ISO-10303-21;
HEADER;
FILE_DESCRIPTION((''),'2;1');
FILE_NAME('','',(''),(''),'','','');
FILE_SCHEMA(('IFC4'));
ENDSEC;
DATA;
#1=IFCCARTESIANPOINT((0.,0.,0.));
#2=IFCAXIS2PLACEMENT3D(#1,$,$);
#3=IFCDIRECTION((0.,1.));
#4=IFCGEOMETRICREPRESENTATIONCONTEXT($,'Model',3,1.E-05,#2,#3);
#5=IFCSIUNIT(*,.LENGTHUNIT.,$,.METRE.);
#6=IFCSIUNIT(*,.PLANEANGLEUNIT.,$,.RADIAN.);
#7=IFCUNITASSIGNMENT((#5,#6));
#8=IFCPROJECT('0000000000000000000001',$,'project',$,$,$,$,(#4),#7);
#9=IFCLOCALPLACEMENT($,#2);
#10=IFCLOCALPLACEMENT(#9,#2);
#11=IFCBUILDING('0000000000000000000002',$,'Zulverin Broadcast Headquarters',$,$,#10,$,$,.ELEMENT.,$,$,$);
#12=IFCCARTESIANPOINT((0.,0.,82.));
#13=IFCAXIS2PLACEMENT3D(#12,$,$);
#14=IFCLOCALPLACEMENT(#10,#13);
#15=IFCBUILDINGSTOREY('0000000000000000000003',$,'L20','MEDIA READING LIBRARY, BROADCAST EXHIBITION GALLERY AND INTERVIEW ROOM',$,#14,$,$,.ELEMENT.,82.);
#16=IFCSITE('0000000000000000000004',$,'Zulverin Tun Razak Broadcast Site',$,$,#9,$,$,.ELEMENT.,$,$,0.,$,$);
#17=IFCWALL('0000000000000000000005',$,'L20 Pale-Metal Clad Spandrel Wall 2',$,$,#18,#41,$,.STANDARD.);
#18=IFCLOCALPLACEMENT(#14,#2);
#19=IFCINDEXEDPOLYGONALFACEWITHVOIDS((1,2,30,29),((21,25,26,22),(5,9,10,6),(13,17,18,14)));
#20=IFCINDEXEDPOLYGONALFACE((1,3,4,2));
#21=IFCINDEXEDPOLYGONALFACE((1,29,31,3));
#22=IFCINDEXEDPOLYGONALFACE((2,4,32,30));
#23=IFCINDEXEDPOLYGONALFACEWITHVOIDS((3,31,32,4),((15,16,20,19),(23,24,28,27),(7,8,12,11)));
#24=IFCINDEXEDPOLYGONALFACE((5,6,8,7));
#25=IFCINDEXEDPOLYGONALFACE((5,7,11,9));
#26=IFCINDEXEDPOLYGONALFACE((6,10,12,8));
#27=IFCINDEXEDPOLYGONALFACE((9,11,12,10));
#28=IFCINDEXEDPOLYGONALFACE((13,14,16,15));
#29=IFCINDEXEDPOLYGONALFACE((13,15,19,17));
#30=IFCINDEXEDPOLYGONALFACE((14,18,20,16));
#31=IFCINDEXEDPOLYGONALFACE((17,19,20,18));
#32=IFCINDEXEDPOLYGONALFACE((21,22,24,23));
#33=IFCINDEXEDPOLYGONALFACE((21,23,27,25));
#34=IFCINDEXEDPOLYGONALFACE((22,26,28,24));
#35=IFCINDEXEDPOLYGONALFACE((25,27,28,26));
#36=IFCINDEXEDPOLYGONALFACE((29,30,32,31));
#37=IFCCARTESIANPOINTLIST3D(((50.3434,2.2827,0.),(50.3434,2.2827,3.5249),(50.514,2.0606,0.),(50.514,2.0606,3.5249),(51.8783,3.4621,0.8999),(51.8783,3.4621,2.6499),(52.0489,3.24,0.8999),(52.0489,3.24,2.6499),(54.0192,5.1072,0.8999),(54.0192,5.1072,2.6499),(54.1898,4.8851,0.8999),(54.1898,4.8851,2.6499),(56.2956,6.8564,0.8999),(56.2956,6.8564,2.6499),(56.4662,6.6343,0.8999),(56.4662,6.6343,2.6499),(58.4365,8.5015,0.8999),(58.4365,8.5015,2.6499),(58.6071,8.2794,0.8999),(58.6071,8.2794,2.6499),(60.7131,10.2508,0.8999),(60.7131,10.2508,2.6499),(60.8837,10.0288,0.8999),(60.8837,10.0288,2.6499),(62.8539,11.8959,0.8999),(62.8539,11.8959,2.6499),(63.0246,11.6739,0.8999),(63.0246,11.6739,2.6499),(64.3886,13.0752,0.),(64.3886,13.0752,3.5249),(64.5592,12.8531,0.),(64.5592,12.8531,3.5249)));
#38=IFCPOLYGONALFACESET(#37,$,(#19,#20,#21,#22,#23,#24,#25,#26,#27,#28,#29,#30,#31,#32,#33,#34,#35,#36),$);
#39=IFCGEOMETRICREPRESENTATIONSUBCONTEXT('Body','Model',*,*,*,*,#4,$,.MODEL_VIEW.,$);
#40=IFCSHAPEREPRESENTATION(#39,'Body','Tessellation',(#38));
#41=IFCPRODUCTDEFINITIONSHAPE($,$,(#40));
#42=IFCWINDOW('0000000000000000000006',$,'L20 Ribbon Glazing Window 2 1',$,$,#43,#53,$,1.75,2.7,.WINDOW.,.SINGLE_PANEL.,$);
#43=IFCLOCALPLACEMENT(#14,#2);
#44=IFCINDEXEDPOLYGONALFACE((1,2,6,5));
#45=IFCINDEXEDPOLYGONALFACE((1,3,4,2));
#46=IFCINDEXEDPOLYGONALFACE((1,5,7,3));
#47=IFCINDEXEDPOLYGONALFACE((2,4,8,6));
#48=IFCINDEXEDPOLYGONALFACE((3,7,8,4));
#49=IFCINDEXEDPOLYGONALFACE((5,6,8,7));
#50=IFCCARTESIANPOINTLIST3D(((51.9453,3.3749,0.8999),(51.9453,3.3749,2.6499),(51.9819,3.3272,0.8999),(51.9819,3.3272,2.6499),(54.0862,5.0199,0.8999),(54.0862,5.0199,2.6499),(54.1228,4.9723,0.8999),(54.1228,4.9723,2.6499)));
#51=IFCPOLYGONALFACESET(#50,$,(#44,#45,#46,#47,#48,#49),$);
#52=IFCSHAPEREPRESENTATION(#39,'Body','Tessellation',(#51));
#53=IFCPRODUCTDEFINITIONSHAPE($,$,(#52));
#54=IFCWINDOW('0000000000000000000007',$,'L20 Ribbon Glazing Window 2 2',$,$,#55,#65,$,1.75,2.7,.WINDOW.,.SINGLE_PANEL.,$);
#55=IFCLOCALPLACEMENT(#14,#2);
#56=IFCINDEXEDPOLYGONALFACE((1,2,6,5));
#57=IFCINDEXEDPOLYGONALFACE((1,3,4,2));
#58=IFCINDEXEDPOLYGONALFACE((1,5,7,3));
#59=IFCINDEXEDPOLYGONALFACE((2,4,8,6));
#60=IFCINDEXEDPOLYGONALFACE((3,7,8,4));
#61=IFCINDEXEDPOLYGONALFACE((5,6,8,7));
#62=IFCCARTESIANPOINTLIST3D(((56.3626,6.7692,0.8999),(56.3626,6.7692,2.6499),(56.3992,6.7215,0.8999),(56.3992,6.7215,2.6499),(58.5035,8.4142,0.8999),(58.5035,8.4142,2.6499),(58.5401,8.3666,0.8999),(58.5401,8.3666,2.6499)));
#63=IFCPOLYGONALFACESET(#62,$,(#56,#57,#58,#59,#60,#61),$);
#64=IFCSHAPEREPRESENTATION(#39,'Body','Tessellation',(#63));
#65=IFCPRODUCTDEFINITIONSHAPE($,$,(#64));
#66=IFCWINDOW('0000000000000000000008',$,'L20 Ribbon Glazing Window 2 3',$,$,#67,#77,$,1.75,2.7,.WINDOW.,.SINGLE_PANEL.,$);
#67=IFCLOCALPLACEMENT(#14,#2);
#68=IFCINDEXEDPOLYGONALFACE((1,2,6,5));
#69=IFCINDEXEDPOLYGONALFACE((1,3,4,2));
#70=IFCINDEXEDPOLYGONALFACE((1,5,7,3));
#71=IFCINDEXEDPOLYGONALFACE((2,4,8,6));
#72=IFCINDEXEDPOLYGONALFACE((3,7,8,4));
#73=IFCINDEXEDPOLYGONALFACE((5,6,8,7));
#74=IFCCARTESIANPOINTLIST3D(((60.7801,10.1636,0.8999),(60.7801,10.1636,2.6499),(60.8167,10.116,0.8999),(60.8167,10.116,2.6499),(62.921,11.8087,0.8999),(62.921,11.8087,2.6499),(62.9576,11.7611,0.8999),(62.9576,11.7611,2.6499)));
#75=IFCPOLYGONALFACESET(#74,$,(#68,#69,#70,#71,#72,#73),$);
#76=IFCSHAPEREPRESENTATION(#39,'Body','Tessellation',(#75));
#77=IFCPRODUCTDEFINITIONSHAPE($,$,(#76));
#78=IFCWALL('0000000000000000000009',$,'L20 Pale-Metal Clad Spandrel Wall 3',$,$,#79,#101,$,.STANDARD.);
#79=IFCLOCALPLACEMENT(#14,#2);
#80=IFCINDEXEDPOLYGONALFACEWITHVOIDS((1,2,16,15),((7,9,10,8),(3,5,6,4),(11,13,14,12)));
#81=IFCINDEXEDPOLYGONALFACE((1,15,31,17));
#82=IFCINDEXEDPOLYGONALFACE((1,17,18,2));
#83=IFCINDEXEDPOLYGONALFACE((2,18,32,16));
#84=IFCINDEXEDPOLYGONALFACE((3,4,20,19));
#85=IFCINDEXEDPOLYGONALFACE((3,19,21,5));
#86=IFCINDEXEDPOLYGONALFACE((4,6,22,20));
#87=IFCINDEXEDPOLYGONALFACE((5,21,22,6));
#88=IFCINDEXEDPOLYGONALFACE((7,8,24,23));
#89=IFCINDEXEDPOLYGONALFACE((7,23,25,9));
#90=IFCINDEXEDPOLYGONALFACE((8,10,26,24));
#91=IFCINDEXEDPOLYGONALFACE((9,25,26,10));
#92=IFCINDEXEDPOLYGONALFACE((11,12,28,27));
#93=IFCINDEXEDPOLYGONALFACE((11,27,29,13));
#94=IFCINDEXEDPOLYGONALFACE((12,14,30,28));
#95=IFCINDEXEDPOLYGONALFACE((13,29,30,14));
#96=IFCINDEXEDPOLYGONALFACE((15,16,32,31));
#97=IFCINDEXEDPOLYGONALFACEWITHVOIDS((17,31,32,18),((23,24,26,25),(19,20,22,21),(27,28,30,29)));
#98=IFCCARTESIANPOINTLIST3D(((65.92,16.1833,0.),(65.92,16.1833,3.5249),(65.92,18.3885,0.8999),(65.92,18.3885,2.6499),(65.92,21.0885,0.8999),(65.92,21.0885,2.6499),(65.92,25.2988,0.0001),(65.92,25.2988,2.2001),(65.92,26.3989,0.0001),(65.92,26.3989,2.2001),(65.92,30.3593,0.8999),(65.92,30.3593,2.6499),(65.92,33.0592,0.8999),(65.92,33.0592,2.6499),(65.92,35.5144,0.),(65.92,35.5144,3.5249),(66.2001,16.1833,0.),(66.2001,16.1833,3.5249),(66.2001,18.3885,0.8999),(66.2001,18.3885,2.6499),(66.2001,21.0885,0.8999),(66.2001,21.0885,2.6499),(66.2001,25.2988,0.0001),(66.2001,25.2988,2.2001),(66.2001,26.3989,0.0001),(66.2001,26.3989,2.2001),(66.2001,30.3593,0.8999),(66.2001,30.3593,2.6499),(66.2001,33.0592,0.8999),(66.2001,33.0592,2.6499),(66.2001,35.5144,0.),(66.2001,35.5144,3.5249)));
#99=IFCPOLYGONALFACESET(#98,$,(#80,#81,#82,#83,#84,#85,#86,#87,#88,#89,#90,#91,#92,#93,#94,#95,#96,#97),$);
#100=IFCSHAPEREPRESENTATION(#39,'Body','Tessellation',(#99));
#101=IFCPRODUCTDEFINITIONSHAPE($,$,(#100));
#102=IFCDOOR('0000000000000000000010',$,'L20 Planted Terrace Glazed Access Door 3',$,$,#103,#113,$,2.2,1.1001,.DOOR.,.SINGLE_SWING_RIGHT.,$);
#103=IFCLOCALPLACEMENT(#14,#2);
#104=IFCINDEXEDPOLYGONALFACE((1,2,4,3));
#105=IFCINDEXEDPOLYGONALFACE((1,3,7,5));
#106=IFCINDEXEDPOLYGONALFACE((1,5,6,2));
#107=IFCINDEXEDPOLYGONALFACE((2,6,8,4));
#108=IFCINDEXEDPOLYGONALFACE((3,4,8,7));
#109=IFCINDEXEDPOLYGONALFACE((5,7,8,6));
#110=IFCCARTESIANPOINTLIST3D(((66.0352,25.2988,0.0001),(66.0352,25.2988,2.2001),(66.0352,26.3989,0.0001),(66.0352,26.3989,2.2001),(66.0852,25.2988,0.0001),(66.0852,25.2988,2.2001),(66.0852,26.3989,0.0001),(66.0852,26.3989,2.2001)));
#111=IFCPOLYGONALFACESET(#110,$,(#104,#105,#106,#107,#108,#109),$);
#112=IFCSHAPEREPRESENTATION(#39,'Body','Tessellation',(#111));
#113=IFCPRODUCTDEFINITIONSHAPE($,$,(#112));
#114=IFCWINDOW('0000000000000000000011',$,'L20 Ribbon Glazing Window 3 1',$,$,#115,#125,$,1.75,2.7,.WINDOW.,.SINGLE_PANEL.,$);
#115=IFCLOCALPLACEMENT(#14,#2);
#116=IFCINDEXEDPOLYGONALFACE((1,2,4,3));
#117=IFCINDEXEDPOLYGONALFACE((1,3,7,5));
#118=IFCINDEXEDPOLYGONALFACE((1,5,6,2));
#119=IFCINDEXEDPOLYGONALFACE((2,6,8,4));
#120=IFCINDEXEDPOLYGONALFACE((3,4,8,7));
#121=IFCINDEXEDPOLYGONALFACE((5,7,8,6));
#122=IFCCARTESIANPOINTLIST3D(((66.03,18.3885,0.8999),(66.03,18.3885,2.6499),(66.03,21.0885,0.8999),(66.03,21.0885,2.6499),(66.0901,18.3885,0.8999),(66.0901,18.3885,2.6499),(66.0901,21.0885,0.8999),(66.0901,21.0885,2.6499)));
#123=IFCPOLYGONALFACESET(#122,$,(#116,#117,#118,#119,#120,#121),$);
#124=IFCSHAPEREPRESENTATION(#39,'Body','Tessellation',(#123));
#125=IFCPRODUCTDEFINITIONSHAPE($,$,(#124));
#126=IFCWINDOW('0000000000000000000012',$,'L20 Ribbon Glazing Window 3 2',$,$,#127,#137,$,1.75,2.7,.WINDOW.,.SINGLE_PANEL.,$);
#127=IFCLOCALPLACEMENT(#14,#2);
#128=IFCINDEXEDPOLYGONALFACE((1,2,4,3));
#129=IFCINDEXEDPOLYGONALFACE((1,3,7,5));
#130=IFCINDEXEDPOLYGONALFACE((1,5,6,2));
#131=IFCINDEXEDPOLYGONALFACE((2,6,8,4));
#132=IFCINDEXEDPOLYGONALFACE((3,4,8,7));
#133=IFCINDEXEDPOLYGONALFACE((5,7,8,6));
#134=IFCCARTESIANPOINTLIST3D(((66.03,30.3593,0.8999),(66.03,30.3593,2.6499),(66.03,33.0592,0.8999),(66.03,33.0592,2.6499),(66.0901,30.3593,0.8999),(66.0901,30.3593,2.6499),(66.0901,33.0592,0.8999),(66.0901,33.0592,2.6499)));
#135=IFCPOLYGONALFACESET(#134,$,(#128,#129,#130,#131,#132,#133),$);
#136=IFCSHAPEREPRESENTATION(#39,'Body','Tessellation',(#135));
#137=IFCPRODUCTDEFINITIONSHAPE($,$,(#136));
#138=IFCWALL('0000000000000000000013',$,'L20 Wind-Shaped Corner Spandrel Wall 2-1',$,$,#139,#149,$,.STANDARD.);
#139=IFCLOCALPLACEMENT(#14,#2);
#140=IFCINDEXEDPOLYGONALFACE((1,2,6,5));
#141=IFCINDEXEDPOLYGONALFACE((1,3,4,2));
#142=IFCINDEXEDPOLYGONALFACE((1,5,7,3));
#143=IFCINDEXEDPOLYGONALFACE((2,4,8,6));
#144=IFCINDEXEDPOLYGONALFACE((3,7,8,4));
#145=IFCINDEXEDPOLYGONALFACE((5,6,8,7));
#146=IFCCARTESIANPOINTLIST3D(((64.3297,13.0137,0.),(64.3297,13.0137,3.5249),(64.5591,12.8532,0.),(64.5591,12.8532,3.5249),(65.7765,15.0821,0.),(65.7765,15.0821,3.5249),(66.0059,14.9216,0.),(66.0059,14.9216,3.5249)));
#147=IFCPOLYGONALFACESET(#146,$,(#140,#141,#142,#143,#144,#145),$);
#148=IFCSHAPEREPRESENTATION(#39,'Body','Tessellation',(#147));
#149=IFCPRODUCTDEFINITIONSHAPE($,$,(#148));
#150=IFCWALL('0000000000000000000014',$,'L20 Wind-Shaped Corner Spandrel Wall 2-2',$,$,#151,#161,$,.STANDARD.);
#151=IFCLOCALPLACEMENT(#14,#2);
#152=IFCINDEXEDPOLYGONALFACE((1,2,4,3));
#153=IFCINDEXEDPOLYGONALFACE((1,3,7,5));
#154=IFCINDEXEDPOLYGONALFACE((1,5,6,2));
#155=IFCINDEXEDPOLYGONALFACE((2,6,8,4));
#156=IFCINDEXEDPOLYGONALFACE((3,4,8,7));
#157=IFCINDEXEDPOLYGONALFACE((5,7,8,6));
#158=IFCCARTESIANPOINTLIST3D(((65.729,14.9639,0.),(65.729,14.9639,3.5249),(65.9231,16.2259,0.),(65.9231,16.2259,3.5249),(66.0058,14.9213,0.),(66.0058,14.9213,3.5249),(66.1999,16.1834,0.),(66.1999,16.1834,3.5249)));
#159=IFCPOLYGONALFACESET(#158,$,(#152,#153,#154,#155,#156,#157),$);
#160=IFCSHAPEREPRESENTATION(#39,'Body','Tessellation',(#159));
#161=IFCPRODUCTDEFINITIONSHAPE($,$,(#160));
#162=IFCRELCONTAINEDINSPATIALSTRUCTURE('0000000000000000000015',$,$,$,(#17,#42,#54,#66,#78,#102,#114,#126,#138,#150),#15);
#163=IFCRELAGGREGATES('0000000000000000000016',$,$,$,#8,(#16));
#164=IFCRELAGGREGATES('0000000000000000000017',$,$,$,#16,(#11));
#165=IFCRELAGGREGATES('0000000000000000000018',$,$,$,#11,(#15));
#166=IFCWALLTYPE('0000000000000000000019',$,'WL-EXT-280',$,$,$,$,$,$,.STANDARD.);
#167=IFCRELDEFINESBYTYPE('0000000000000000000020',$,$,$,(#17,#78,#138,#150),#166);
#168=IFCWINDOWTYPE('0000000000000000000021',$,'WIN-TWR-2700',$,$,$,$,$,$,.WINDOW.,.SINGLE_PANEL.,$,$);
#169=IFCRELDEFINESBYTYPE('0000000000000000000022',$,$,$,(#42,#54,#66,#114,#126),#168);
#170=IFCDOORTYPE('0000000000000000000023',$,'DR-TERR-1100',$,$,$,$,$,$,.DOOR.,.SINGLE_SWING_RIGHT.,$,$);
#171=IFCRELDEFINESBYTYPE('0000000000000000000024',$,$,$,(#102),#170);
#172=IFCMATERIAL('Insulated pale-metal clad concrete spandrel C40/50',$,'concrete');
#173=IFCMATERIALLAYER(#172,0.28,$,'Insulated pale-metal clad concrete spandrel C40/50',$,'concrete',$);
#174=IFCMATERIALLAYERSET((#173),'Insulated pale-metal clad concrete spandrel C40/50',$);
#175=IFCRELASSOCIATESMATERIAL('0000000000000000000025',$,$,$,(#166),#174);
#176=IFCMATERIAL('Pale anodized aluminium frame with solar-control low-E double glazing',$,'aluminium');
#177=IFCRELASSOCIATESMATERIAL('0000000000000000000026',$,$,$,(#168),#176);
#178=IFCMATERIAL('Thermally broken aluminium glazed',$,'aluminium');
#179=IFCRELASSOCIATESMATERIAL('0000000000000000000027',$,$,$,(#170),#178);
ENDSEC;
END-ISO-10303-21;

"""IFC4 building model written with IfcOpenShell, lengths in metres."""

from ifc_helpers import new_model, si_unit, direction, frame, frame_2d, origin, place, context, subcontext, project, spatial, rectangle, extrude, material, layer, layer_set, type_object, element, fill, save


model = new_model("IFC4")

# Units and contexts
model_context = context("Model", 3, precision=1e-05, world=origin(), true_north=direction((0.0, 1.0)))
body_context = subcontext(model_context, "Body", "Model", "MODEL_VIEW")
ifc_project = project(units=[si_unit("LENGTHUNIT", "METRE"), si_unit("PLANEANGLEUNIT", "RADIAN")], contexts=[model_context])

# Site, building, storey
site_placement = place(None, origin())
site = spatial("IfcSite", under=ifc_project, at=site_placement, Name="Zulverin Tun Razak Broadcast Site", CompositionType="ELEMENT", RefElevation=0.0)
building_placement = place(site_placement, origin())
building = spatial("IfcBuilding", under=site, at=building_placement, Name="Zulverin Broadcast Headquarters", CompositionType="ELEMENT")
storey_placement = place(building_placement, frame((0.0, 0.0, 82.0)))
storey = spatial("IfcBuildingStorey", under=building, at=storey_placement, Name="L20", Description="MEDIA READING LIBRARY, BROADCAST EXHIBITION GALLERY AND INTERVIEW ROOM", CompositionType="ELEMENT", Elevation=82.0)

# Wall, openings, windows
ifc_material_1 = material(Name="Insulated pale-metal clad concrete spandrel C40/50", Category="concrete")
ifc_layer_1 = layer(ifc_material_1, 0.28, Name="Insulated pale-metal clad concrete spandrel C40/50", Category="concrete")
ifc_layer_set_1 = layer_set([ifc_layer_1], Name="Insulated pale-metal clad concrete spandrel C40/50")
wall_type = type_object("IfcWallType", Name="WL-EXT-280", PredefinedType="STANDARD", material=ifc_layer_set_1)
wall_1_placement = place(storey_placement, frame((50.4287, 2.1716, 0.0), z_axis=(0.0, 0.0, 1.0), x_axis=(0.792937, 0.609303, 0.0)))
wall_1 = element("IfcWall", 1, at=wall_1_placement, inside=storey, type_object=wall_type, Name="L20 Pale-Metal Clad Spandrel Wall 2", PredefinedType="STANDARD", context=body_context, shape_type="SweptSolid", body=[
    extrude(rectangle(XDim=17.7129, YDim=0.28, at=frame_2d((8.8564, 0.0))), origin(), (0.0, 0.0, 1.0), 3.5249),
])
opening_1_placement = place(wall_1_placement, frame((1.9355, 0.0, 0.8999)))
opening_1 = element("IfcOpeningElement", 2, at=opening_1_placement, cuts=wall_1, PredefinedType="OPENING", context=body_context, shape_type="SweptSolid", body=[
    extrude(rectangle(XDim=2.7, YDim=1.75, at=frame_2d((1.3501, 0.875))), frame((0.0, 0.1499, 0.0), z_axis=(0.0, -1.0, 0.0), x_axis=(1.0, 0.0, 0.0)), (0.0, 0.0, 1.0), 0.3),
])
opening_2_placement = place(wall_1_placement, frame((7.5063, 0.0, 0.8999)))
opening_2 = element("IfcOpeningElement", 3, at=opening_2_placement, cuts=wall_1, PredefinedType="OPENING", context=body_context, shape_type="SweptSolid", body=[
    extrude(rectangle(XDim=2.7, YDim=1.75, at=frame_2d((1.3501, 0.875))), frame((0.0, 0.1499, 0.0), z_axis=(0.0, -1.0, 0.0), x_axis=(1.0, 0.0, 0.0)), (0.0, 0.0, 1.0), 0.3),
])
opening_3_placement = place(wall_1_placement, frame((13.0774, 0.0, 0.8999)))
opening_3 = element("IfcOpeningElement", 4, at=opening_3_placement, cuts=wall_1, PredefinedType="OPENING", context=body_context, shape_type="SweptSolid", body=[
    extrude(rectangle(XDim=2.7, YDim=1.75, at=frame_2d((1.3501, 0.875))), frame((0.0, 0.1499, 0.0), z_axis=(0.0, -1.0, 0.0), x_axis=(1.0, 0.0, 0.0)), (0.0, 0.0, 1.0), 0.3),
])
ifc_material_2 = material(Name="Pale anodized aluminium frame with solar-control low-E double glazing", Category="aluminium")
window_type = type_object("IfcWindowType", Name="WIN-TWR-2700", PartitioningType="SINGLE_PANEL", PredefinedType="WINDOW", material=ifc_material_2)
window_1_placement = place(opening_1_placement, origin())
window_1 = element("IfcWindow", 5, at=window_1_placement, inside=storey, type_object=window_type, Name="L20 Ribbon Glazing Window 2 1", OverallHeight=1.75, OverallWidth=2.7, PartitioningType="SINGLE_PANEL", PredefinedType="WINDOW", context=body_context, shape_type="SweptSolid", body=[
    extrude(rectangle(XDim=2.7, YDim=1.75, at=frame_2d((1.3501, 0.875))), frame((0.0, 0.03, 0.0), z_axis=(0.0, -1.0, 0.0), x_axis=(1.0, 0.0, 0.0)), (0.0, 0.0, 1.0), 0.0601),
])
fill(opening_1, window_1)
window_2_placement = place(opening_2_placement, origin())
window_2 = element("IfcWindow", 6, at=window_2_placement, inside=storey, type_object=window_type, Name="L20 Ribbon Glazing Window 2 2", OverallHeight=1.75, OverallWidth=2.7, PartitioningType="SINGLE_PANEL", PredefinedType="WINDOW", context=body_context, shape_type="SweptSolid", body=[
    extrude(rectangle(XDim=2.7, YDim=1.75, at=frame_2d((1.3501, 0.875))), frame((0.0, 0.03, 0.0), z_axis=(0.0, -1.0, 0.0), x_axis=(1.0, 0.0, 0.0)), (0.0, 0.0, 1.0), 0.0601),
])
fill(opening_2, window_2)
window_3_placement = place(opening_3_placement, origin())
window_3 = element("IfcWindow", 7, at=window_3_placement, inside=storey, type_object=window_type, Name="L20 Ribbon Glazing Window 2 3", OverallHeight=1.75, OverallWidth=2.7, PartitioningType="SINGLE_PANEL", PredefinedType="WINDOW", context=body_context, shape_type="SweptSolid", body=[
    extrude(rectangle(XDim=2.7, YDim=1.75, at=frame_2d((1.3501, 0.875))), frame((0.0, 0.03, 0.0), z_axis=(0.0, -1.0, 0.0), x_axis=(1.0, 0.0, 0.0)), (0.0, 0.0, 1.0), 0.0601),
])
fill(opening_3, window_3)

# Wall, openings, door, windows
wall_2_placement = place(storey_placement, frame((66.0601, 16.1833, 0.0), z_axis=(0.0, 0.0, 1.0), x_axis=(0.0, 1.0, 0.0)))
wall_2 = element("IfcWall", 8, at=wall_2_placement, inside=storey, type_object=wall_type, Name="L20 Pale-Metal Clad Spandrel Wall 3", PredefinedType="STANDARD", context=body_context, shape_type="SweptSolid", body=[
    extrude(rectangle(XDim=19.3311, YDim=0.28, at=frame_2d((9.6655, 0.0))), origin(), (0.0, 0.0, 1.0), 3.5249),
])
opening_4_placement = place(wall_2_placement, frame((9.1155, 0.0, 0.0)))
opening_4 = element("IfcOpeningElement", 9, at=opening_4_placement, cuts=wall_2, PredefinedType="OPENING", context=body_context, shape_type="SweptSolid", body=[
    extrude(rectangle(XDim=1.1001, YDim=2.2, at=frame_2d((0.55, 1.1001))), frame((0.0, 0.1499, 0.0), z_axis=(0.0, -1.0, 0.0), x_axis=(1.0, 0.0, 0.0)), (0.0, 0.0, 1.0), 0.3),
])
opening_5_placement = place(wall_2_placement, frame((2.2051, 0.0, 0.8999)))
opening_5 = element("IfcOpeningElement", 10, at=opening_5_placement, cuts=wall_2, PredefinedType="OPENING", context=body_context, shape_type="SweptSolid", body=[
    extrude(rectangle(XDim=2.7, YDim=1.75, at=frame_2d((1.3501, 0.875))), frame((0.0, 0.1499, 0.0), z_axis=(0.0, -1.0, 0.0), x_axis=(1.0, 0.0, 0.0)), (0.0, 0.0, 1.0), 0.3),
])
opening_6_placement = place(wall_2_placement, frame((14.1758, 0.0, 0.8999)))
opening_6 = element("IfcOpeningElement", 11, at=opening_6_placement, cuts=wall_2, PredefinedType="OPENING", context=body_context, shape_type="SweptSolid", body=[
    extrude(rectangle(XDim=2.7, YDim=1.75, at=frame_2d((1.3501, 0.875))), frame((0.0, 0.1499, 0.0), z_axis=(0.0, -1.0, 0.0), x_axis=(1.0, 0.0, 0.0)), (0.0, 0.0, 1.0), 0.3),
])
ifc_material_3 = material(Name="Thermally broken aluminium glazed", Category="aluminium")
door_type = type_object("IfcDoorType", Name="DR-TERR-1100", OperationType="SINGLE_SWING_RIGHT", PredefinedType="DOOR", material=ifc_material_3)
door_placement = place(opening_4_placement, origin())
door = element("IfcDoor", 12, at=door_placement, inside=storey, type_object=door_type, Name="L20 Planted Terrace Glazed Access Door 3", OperationType="SINGLE_SWING_RIGHT", OverallHeight=2.2, OverallWidth=1.1001, PredefinedType="DOOR", context=body_context, shape_type="SweptSolid", body=[
    extrude(rectangle(XDim=1.1001, YDim=2.2, at=frame_2d((0.55, 1.1001))), frame((0.0, 0.0249, 0.0), z_axis=(0.0, -1.0, 0.0), x_axis=(1.0, 0.0, 0.0)), (0.0, 0.0, 1.0), 0.05),
])
fill(opening_4, door)
window_4_placement = place(opening_5_placement, origin())
window_4 = element("IfcWindow", 13, at=window_4_placement, inside=storey, type_object=window_type, Name="L20 Ribbon Glazing Window 3 1", OverallHeight=1.75, OverallWidth=2.7, PartitioningType="SINGLE_PANEL", PredefinedType="WINDOW", context=body_context, shape_type="SweptSolid", body=[
    extrude(rectangle(XDim=2.7, YDim=1.75, at=frame_2d((1.3501, 0.875))), frame((0.0, 0.03, 0.0), z_axis=(0.0, -1.0, 0.0), x_axis=(1.0, 0.0, 0.0)), (0.0, 0.0, 1.0), 0.0601),
])
fill(opening_5, window_4)
window_5_placement = place(opening_6_placement, origin())
window_5 = element("IfcWindow", 14, at=window_5_placement, inside=storey, type_object=window_type, Name="L20 Ribbon Glazing Window 3 2", OverallHeight=1.75, OverallWidth=2.7, PartitioningType="SINGLE_PANEL", PredefinedType="WINDOW", context=body_context, shape_type="SweptSolid", body=[
    extrude(rectangle(XDim=2.7, YDim=1.75, at=frame_2d((1.3501, 0.875))), frame((0.0, 0.03, 0.0), z_axis=(0.0, -1.0, 0.0), x_axis=(1.0, 0.0, 0.0)), (0.0, 0.0, 1.0), 0.0601),
])
fill(opening_6, window_5)

# Walls
wall_3_placement = place(storey_placement, frame((64.4443, 12.9333, 0.0), z_axis=(0.0, 0.0, 1.0), x_axis=(0.573177, 0.819432, 0.0)))
element("IfcWall", 15, at=wall_3_placement, inside=storey, type_object=wall_type, Name="L20 Wind-Shaped Corner Spandrel Wall 2-1", PredefinedType="STANDARD", context=body_context, shape_type="SweptSolid", body=[
    extrude(rectangle(XDim=2.5242, YDim=0.28, at=frame_2d((1.2622, 0.0))), origin(), (0.0, 0.0, 1.0), 3.5249),
])
wall_4_placement = place(storey_placement, frame((65.8674, 14.9426, 0.0), z_axis=(0.0, 0.0, 1.0), x_axis=(0.152014, 0.988378, 0.0)))
element("IfcWall", 16, at=wall_4_placement, inside=storey, type_object=wall_type, Name="L20 Wind-Shaped Corner Spandrel Wall 2-2", PredefinedType="STANDARD", context=body_context, shape_type="SweptSolid", body=[
    extrude(rectangle(XDim=1.2769, YDim=0.28, at=frame_2d((0.6384, 0.0))), origin(), (0.0, 0.0, 1.0), 3.5249),
])

save(model, "model.ifc")
